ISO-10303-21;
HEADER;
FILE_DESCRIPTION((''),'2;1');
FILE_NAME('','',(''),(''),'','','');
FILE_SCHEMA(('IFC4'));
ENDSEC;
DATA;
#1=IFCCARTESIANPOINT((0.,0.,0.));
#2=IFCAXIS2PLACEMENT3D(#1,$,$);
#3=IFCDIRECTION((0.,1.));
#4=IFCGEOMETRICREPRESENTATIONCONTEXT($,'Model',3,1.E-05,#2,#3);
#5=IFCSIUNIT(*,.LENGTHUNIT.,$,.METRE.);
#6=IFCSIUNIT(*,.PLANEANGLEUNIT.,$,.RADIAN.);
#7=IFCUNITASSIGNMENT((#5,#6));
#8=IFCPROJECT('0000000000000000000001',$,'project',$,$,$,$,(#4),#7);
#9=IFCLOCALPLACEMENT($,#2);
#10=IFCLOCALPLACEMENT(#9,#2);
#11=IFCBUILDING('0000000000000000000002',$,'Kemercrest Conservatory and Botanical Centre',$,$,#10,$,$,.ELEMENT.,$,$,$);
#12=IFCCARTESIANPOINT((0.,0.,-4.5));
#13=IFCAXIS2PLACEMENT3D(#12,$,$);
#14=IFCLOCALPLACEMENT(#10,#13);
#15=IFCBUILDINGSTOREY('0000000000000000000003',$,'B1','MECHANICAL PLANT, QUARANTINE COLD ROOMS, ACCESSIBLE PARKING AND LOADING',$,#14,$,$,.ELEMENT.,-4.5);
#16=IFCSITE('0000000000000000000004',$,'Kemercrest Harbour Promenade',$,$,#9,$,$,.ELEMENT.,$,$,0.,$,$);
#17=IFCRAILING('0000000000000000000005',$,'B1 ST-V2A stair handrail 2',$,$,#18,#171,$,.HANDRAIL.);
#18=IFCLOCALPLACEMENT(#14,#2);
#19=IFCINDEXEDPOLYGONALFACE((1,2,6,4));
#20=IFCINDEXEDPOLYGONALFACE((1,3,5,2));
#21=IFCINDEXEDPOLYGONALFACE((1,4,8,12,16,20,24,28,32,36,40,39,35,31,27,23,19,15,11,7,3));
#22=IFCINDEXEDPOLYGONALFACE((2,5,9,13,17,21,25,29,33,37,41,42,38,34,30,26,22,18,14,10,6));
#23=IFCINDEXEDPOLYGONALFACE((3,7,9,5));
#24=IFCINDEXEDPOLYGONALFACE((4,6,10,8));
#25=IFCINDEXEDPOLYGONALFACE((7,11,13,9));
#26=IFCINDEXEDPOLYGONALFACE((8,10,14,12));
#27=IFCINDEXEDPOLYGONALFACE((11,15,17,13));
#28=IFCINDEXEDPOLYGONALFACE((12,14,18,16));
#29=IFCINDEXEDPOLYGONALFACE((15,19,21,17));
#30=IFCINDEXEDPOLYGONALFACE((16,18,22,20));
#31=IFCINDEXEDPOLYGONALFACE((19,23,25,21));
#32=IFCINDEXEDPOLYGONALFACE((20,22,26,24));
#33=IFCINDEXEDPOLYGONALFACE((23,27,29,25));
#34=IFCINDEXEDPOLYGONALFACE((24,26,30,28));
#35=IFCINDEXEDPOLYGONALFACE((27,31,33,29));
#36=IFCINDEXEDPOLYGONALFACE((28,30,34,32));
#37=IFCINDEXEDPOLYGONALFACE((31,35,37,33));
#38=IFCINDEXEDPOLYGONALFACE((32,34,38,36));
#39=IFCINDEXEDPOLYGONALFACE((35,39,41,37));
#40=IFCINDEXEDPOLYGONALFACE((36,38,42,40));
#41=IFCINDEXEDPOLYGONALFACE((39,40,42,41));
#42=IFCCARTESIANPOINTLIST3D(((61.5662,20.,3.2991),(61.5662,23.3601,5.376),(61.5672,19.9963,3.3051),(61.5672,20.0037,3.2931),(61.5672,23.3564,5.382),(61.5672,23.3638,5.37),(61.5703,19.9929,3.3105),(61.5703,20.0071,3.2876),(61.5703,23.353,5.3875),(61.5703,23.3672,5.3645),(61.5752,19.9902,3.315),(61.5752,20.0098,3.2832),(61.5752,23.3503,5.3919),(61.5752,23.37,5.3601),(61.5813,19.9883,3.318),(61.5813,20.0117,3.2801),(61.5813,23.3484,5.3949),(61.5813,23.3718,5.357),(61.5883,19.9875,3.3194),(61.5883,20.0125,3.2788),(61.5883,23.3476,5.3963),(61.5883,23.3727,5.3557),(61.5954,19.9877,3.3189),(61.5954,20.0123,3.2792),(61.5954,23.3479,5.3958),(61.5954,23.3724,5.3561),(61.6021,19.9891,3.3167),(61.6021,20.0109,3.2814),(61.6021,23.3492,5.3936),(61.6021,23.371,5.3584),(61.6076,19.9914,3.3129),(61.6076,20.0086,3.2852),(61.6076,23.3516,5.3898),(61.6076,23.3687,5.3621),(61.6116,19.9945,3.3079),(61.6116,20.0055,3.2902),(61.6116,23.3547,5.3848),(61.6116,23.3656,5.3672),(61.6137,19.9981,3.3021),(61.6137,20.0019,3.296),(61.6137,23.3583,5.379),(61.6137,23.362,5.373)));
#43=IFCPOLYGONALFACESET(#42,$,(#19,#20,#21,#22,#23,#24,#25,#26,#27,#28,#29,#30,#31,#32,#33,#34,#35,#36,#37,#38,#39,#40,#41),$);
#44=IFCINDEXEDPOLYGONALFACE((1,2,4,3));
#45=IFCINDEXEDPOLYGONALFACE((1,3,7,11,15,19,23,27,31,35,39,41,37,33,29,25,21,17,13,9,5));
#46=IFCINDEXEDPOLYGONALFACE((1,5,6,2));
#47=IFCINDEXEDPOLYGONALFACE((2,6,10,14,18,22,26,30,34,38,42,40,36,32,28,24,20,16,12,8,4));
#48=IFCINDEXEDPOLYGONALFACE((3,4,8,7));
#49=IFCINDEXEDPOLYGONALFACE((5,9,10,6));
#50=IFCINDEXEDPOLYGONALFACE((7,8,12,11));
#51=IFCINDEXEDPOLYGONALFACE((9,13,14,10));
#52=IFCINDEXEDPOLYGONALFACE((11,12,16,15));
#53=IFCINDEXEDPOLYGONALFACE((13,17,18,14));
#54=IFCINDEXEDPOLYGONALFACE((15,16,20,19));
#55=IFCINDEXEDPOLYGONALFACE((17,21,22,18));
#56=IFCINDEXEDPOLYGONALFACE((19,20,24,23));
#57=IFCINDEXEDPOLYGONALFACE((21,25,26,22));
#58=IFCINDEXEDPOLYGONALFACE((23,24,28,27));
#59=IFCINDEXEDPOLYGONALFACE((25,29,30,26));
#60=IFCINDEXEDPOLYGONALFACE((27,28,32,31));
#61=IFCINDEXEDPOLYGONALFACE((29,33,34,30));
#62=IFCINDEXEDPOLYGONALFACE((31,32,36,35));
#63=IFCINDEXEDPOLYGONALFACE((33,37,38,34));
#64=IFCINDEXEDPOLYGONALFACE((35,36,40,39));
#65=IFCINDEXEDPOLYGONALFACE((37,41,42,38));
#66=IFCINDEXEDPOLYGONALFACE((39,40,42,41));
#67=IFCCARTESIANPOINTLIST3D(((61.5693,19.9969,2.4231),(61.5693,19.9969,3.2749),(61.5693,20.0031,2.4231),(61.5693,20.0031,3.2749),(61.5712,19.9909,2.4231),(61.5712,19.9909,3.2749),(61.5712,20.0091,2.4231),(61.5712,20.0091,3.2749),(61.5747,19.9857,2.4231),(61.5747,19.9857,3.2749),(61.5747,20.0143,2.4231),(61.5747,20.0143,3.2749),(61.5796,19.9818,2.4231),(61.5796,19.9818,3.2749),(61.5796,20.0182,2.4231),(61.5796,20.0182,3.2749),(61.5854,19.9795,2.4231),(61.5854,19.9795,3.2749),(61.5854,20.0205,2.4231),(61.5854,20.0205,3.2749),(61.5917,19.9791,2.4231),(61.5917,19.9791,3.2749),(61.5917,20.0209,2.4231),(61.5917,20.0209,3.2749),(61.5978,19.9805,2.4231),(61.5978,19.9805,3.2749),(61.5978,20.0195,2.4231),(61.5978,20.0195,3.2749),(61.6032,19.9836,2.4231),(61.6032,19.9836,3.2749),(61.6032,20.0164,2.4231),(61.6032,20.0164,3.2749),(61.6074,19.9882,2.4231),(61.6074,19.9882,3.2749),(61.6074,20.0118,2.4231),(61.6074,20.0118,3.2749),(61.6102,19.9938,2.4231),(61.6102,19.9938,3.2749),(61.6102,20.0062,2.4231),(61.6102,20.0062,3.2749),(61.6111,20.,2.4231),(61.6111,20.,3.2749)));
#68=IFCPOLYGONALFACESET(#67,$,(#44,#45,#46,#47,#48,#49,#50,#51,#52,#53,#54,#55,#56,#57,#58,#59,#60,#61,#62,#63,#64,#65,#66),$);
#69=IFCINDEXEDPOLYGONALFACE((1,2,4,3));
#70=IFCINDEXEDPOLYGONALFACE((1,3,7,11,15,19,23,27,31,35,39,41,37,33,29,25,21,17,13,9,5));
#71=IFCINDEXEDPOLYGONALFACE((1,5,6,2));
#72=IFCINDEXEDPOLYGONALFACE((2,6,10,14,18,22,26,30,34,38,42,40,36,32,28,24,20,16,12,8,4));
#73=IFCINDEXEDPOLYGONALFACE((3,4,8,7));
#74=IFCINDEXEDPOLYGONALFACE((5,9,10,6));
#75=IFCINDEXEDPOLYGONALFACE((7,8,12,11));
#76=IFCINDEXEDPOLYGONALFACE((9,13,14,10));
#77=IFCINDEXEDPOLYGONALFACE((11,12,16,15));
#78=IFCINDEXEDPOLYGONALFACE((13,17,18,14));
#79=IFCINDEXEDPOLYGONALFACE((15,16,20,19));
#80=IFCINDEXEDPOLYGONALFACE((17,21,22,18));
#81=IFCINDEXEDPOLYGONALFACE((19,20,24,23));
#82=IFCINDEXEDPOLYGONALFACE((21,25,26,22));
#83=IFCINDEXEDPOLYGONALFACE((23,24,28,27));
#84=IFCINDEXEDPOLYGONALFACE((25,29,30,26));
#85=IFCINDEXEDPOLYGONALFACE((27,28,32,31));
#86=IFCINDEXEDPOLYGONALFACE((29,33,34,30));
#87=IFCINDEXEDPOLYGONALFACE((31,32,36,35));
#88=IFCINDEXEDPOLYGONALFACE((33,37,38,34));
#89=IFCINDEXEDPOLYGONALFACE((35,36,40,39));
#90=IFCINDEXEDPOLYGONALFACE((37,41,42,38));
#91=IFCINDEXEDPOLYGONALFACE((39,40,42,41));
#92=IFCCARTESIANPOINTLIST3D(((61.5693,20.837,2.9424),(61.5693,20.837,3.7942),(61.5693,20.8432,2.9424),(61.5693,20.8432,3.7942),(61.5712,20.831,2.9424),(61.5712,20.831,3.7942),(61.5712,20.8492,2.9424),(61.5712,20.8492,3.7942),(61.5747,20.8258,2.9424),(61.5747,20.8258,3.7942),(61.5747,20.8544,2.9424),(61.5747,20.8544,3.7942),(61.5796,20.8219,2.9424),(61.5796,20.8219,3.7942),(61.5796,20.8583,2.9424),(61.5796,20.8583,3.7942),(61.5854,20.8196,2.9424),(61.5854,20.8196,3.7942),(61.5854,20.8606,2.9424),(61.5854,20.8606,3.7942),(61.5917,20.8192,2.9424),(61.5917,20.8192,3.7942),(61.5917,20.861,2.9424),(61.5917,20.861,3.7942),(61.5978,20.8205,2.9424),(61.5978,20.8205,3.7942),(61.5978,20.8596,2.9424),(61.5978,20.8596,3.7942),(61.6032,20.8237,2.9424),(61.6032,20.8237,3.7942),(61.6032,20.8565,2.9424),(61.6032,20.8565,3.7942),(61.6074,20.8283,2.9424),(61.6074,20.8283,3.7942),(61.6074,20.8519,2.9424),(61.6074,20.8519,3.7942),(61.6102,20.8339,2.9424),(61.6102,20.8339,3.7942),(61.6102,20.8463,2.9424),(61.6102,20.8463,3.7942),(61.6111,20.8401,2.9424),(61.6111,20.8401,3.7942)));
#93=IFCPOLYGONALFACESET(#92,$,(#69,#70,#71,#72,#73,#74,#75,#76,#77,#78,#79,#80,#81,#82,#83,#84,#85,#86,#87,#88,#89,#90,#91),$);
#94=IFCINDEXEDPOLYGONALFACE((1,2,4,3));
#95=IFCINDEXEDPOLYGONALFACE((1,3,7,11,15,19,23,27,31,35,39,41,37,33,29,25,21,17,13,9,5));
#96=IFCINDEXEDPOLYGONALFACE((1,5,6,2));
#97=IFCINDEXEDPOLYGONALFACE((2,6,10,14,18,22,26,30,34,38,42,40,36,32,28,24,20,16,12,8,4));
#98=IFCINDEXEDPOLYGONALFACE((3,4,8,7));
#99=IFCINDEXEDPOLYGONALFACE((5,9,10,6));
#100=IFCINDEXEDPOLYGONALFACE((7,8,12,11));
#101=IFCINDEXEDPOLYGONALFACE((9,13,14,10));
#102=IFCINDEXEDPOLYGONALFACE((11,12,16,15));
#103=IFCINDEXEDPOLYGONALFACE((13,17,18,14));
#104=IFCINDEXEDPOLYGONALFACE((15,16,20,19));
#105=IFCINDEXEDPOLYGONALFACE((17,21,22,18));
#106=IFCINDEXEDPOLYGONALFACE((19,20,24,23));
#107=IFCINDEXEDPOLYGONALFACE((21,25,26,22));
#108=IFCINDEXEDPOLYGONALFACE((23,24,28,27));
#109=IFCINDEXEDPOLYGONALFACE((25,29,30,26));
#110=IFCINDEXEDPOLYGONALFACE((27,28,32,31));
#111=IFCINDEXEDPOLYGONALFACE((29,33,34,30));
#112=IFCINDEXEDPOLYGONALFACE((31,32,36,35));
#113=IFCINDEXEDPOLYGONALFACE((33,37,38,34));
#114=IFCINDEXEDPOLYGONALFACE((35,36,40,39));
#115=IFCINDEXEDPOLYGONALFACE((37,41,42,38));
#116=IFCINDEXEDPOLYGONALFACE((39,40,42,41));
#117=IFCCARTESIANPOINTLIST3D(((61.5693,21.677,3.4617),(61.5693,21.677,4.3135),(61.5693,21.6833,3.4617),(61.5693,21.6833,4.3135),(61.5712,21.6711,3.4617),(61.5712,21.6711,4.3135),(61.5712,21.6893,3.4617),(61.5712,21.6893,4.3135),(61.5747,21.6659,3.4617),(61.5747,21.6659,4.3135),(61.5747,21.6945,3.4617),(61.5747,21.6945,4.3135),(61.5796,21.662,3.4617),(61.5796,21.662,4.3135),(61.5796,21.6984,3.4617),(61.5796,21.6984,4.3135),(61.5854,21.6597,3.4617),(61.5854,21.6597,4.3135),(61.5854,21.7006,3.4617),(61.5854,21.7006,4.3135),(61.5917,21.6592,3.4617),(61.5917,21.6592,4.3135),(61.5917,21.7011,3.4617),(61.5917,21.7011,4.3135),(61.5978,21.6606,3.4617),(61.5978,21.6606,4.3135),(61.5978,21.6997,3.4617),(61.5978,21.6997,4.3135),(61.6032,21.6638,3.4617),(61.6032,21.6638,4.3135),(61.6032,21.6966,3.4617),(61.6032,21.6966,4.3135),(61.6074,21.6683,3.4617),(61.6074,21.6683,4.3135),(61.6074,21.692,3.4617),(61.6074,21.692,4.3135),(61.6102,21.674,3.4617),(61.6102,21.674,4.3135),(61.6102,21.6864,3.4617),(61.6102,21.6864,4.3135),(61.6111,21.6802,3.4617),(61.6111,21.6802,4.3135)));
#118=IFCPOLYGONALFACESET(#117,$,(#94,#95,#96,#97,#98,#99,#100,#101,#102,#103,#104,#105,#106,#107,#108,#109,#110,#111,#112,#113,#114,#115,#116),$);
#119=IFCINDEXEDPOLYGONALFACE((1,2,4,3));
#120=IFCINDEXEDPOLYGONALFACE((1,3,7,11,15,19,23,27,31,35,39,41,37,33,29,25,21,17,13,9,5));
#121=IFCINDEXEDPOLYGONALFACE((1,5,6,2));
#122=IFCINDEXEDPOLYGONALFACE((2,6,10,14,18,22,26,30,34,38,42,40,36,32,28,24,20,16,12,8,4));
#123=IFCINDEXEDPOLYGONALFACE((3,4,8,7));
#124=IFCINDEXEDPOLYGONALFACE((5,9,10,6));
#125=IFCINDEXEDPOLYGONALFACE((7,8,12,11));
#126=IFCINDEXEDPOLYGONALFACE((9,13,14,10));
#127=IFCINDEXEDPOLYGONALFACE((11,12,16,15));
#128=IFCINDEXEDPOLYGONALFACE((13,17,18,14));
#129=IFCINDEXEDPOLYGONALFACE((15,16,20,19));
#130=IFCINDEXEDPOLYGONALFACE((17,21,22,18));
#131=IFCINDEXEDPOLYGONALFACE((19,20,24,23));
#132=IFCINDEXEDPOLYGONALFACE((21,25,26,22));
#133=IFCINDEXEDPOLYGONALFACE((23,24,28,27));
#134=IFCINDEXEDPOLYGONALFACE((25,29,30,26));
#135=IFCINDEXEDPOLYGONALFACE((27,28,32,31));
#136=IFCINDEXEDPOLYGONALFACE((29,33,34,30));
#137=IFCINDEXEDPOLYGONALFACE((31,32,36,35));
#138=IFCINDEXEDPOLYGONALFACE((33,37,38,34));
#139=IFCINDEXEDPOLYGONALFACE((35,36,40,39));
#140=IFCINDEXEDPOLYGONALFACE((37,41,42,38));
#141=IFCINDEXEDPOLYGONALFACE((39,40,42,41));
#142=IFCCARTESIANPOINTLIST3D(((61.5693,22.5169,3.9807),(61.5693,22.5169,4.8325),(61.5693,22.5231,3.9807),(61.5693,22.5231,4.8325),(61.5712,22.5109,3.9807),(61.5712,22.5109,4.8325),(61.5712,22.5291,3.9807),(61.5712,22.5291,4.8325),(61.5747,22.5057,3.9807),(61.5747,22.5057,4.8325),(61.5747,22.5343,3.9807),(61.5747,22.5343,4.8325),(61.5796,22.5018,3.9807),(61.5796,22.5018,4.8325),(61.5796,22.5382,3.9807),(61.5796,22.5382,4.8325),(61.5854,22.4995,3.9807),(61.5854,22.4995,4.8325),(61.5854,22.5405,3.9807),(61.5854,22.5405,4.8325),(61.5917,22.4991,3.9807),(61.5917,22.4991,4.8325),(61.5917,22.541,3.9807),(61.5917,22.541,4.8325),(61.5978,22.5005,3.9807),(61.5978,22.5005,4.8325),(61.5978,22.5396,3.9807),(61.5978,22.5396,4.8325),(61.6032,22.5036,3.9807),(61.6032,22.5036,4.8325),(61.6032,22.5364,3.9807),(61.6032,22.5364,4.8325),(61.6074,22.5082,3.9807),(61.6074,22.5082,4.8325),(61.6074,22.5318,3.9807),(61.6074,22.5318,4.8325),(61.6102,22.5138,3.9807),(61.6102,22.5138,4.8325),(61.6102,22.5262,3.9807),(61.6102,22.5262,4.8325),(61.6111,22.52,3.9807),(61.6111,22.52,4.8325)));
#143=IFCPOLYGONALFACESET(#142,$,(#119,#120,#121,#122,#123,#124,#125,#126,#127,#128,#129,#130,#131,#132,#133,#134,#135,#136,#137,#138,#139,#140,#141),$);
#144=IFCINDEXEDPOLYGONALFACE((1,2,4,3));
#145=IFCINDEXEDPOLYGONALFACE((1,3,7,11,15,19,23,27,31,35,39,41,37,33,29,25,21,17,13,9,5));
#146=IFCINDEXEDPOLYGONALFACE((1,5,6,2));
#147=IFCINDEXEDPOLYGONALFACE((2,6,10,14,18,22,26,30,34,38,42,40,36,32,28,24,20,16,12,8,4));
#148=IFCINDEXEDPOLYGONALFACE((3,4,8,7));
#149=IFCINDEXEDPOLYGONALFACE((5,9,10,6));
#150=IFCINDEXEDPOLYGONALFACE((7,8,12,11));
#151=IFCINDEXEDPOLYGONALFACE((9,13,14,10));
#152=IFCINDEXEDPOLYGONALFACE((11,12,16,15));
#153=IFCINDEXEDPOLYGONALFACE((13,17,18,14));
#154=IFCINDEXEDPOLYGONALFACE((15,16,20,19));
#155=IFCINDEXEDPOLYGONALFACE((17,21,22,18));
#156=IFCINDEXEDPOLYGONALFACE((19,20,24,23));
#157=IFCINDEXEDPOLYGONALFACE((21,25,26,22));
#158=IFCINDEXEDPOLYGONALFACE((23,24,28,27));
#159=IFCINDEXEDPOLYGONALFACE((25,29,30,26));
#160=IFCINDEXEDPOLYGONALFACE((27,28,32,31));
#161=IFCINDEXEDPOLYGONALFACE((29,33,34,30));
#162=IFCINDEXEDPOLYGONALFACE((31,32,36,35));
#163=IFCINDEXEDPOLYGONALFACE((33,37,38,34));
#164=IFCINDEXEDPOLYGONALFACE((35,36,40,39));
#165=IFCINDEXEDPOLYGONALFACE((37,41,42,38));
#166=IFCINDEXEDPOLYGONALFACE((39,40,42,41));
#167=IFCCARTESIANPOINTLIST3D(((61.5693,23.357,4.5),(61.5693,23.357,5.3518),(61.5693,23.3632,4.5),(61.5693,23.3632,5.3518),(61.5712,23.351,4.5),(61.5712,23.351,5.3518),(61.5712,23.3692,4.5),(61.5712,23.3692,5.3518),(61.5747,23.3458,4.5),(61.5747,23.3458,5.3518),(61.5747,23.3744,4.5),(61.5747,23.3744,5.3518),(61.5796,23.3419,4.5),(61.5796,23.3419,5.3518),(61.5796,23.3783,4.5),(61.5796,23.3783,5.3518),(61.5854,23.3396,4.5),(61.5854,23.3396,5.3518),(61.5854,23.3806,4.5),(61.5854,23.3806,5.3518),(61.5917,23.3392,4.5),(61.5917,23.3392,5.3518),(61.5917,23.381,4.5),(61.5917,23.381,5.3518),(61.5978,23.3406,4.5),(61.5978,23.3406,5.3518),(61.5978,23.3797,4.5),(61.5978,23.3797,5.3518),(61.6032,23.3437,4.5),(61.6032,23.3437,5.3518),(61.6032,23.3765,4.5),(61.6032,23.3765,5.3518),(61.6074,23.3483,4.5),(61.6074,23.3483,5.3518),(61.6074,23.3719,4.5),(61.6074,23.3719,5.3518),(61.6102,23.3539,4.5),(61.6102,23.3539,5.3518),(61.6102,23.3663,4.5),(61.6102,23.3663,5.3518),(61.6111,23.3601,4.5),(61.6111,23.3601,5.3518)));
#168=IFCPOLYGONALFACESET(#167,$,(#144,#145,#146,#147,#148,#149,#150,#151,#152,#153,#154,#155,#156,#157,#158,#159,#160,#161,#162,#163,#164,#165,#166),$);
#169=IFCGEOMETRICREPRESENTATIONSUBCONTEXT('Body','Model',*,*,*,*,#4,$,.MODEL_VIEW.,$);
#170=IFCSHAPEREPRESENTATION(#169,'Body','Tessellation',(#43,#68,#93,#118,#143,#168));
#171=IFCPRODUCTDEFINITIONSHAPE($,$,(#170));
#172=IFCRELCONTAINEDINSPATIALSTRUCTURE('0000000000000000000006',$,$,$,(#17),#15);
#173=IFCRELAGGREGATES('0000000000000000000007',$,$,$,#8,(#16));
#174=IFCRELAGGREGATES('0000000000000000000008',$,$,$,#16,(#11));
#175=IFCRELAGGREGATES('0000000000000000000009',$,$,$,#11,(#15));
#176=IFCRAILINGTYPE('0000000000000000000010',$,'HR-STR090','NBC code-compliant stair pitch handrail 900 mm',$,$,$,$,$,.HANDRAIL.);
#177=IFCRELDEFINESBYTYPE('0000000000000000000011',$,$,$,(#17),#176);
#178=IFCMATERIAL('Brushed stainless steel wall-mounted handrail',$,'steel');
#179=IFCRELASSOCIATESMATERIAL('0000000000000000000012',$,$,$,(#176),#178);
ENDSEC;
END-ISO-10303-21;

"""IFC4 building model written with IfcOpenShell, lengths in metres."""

from ifc_helpers import new_model, si_unit, direction, frame, origin, origin_2d, place, context, subcontext, project, spatial, circle, extrude, material, type_object, element, save


model = new_model("IFC4")

# Units and contexts
model_context = context("Model", 3, precision=1e-05, world=origin(), true_north=direction((0.0, 1.0)))
body_context = subcontext(model_context, "Body", "Model", "MODEL_VIEW")
ifc_project = project(units=[si_unit("LENGTHUNIT", "METRE"), si_unit("PLANEANGLEUNIT", "RADIAN")], contexts=[model_context])

# Site, building, storey
site_placement = place(None, origin())
site = spatial("IfcSite", under=ifc_project, at=site_placement, Name="Kemercrest Harbour Promenade", CompositionType="ELEMENT", RefElevation=0.0)
building_placement = place(site_placement, origin())
building = spatial("IfcBuilding", under=site, at=building_placement, Name="Kemercrest Conservatory and Botanical Centre", CompositionType="ELEMENT")
storey_placement = place(building_placement, frame((0.0, 0.0, -4.5)))
storey = spatial("IfcBuildingStorey", under=building, at=storey_placement, Name="B1", Description="MECHANICAL PLANT, QUARANTINE COLD ROOMS, ACCESSIBLE PARKING AND LOADING", CompositionType="ELEMENT", Elevation=-4.5)

# Railing
ifc_material_1 = material(Name="Brushed stainless steel wall-mounted handrail", Category="steel")
railing_type_1 = type_object("IfcRailingType", Name="HR-STR090", Description="NBC code-compliant stair pitch handrail 900 mm", PredefinedType="HANDRAIL", material=ifc_material_1)
railing_1_placement = place(storey_placement, frame((61.5901, 20.0, 2.4231)))
element("IfcRailing", 1, at=railing_1_placement, inside=storey, type_object=railing_type_1, Name="B1 ST-V2A stair handrail 2", PredefinedType="HANDRAIL", context=body_context, shape_type="SweptSolid", body=[
    extrude(circle(Radius=0.0239, at=origin_2d()), frame((0.0, 0.0, 0.876), z_axis=(0.0, 0.850623, 0.525776), x_axis=(-1.0, 0.0, 0.0)), (0.0, 0.0, 1.0), 3.9502),
    extrude(circle(Radius=0.021, at=origin_2d()), origin(), (0.0, 0.0, 1.0), 0.8518),
    extrude(circle(Radius=0.021, at=origin_2d()), frame((0.0, 0.8401, 0.5193)), (0.0, 0.0, 1.0), 0.8518),
    extrude(circle(Radius=0.021, at=origin_2d()), frame((0.0, 1.6802, 1.0386)), (0.0, 0.0, 1.0), 0.8518),
    extrude(circle(Radius=0.021, at=origin_2d()), frame((0.0, 2.52, 1.5576)), (0.0, 0.0, 1.0), 0.8518),
    extrude(circle(Radius=0.021, at=origin_2d()), frame((0.0, 3.3601, 2.0769)), (0.0, 0.0, 1.0), 0.8518),
])

save(model, "model.ifc")
